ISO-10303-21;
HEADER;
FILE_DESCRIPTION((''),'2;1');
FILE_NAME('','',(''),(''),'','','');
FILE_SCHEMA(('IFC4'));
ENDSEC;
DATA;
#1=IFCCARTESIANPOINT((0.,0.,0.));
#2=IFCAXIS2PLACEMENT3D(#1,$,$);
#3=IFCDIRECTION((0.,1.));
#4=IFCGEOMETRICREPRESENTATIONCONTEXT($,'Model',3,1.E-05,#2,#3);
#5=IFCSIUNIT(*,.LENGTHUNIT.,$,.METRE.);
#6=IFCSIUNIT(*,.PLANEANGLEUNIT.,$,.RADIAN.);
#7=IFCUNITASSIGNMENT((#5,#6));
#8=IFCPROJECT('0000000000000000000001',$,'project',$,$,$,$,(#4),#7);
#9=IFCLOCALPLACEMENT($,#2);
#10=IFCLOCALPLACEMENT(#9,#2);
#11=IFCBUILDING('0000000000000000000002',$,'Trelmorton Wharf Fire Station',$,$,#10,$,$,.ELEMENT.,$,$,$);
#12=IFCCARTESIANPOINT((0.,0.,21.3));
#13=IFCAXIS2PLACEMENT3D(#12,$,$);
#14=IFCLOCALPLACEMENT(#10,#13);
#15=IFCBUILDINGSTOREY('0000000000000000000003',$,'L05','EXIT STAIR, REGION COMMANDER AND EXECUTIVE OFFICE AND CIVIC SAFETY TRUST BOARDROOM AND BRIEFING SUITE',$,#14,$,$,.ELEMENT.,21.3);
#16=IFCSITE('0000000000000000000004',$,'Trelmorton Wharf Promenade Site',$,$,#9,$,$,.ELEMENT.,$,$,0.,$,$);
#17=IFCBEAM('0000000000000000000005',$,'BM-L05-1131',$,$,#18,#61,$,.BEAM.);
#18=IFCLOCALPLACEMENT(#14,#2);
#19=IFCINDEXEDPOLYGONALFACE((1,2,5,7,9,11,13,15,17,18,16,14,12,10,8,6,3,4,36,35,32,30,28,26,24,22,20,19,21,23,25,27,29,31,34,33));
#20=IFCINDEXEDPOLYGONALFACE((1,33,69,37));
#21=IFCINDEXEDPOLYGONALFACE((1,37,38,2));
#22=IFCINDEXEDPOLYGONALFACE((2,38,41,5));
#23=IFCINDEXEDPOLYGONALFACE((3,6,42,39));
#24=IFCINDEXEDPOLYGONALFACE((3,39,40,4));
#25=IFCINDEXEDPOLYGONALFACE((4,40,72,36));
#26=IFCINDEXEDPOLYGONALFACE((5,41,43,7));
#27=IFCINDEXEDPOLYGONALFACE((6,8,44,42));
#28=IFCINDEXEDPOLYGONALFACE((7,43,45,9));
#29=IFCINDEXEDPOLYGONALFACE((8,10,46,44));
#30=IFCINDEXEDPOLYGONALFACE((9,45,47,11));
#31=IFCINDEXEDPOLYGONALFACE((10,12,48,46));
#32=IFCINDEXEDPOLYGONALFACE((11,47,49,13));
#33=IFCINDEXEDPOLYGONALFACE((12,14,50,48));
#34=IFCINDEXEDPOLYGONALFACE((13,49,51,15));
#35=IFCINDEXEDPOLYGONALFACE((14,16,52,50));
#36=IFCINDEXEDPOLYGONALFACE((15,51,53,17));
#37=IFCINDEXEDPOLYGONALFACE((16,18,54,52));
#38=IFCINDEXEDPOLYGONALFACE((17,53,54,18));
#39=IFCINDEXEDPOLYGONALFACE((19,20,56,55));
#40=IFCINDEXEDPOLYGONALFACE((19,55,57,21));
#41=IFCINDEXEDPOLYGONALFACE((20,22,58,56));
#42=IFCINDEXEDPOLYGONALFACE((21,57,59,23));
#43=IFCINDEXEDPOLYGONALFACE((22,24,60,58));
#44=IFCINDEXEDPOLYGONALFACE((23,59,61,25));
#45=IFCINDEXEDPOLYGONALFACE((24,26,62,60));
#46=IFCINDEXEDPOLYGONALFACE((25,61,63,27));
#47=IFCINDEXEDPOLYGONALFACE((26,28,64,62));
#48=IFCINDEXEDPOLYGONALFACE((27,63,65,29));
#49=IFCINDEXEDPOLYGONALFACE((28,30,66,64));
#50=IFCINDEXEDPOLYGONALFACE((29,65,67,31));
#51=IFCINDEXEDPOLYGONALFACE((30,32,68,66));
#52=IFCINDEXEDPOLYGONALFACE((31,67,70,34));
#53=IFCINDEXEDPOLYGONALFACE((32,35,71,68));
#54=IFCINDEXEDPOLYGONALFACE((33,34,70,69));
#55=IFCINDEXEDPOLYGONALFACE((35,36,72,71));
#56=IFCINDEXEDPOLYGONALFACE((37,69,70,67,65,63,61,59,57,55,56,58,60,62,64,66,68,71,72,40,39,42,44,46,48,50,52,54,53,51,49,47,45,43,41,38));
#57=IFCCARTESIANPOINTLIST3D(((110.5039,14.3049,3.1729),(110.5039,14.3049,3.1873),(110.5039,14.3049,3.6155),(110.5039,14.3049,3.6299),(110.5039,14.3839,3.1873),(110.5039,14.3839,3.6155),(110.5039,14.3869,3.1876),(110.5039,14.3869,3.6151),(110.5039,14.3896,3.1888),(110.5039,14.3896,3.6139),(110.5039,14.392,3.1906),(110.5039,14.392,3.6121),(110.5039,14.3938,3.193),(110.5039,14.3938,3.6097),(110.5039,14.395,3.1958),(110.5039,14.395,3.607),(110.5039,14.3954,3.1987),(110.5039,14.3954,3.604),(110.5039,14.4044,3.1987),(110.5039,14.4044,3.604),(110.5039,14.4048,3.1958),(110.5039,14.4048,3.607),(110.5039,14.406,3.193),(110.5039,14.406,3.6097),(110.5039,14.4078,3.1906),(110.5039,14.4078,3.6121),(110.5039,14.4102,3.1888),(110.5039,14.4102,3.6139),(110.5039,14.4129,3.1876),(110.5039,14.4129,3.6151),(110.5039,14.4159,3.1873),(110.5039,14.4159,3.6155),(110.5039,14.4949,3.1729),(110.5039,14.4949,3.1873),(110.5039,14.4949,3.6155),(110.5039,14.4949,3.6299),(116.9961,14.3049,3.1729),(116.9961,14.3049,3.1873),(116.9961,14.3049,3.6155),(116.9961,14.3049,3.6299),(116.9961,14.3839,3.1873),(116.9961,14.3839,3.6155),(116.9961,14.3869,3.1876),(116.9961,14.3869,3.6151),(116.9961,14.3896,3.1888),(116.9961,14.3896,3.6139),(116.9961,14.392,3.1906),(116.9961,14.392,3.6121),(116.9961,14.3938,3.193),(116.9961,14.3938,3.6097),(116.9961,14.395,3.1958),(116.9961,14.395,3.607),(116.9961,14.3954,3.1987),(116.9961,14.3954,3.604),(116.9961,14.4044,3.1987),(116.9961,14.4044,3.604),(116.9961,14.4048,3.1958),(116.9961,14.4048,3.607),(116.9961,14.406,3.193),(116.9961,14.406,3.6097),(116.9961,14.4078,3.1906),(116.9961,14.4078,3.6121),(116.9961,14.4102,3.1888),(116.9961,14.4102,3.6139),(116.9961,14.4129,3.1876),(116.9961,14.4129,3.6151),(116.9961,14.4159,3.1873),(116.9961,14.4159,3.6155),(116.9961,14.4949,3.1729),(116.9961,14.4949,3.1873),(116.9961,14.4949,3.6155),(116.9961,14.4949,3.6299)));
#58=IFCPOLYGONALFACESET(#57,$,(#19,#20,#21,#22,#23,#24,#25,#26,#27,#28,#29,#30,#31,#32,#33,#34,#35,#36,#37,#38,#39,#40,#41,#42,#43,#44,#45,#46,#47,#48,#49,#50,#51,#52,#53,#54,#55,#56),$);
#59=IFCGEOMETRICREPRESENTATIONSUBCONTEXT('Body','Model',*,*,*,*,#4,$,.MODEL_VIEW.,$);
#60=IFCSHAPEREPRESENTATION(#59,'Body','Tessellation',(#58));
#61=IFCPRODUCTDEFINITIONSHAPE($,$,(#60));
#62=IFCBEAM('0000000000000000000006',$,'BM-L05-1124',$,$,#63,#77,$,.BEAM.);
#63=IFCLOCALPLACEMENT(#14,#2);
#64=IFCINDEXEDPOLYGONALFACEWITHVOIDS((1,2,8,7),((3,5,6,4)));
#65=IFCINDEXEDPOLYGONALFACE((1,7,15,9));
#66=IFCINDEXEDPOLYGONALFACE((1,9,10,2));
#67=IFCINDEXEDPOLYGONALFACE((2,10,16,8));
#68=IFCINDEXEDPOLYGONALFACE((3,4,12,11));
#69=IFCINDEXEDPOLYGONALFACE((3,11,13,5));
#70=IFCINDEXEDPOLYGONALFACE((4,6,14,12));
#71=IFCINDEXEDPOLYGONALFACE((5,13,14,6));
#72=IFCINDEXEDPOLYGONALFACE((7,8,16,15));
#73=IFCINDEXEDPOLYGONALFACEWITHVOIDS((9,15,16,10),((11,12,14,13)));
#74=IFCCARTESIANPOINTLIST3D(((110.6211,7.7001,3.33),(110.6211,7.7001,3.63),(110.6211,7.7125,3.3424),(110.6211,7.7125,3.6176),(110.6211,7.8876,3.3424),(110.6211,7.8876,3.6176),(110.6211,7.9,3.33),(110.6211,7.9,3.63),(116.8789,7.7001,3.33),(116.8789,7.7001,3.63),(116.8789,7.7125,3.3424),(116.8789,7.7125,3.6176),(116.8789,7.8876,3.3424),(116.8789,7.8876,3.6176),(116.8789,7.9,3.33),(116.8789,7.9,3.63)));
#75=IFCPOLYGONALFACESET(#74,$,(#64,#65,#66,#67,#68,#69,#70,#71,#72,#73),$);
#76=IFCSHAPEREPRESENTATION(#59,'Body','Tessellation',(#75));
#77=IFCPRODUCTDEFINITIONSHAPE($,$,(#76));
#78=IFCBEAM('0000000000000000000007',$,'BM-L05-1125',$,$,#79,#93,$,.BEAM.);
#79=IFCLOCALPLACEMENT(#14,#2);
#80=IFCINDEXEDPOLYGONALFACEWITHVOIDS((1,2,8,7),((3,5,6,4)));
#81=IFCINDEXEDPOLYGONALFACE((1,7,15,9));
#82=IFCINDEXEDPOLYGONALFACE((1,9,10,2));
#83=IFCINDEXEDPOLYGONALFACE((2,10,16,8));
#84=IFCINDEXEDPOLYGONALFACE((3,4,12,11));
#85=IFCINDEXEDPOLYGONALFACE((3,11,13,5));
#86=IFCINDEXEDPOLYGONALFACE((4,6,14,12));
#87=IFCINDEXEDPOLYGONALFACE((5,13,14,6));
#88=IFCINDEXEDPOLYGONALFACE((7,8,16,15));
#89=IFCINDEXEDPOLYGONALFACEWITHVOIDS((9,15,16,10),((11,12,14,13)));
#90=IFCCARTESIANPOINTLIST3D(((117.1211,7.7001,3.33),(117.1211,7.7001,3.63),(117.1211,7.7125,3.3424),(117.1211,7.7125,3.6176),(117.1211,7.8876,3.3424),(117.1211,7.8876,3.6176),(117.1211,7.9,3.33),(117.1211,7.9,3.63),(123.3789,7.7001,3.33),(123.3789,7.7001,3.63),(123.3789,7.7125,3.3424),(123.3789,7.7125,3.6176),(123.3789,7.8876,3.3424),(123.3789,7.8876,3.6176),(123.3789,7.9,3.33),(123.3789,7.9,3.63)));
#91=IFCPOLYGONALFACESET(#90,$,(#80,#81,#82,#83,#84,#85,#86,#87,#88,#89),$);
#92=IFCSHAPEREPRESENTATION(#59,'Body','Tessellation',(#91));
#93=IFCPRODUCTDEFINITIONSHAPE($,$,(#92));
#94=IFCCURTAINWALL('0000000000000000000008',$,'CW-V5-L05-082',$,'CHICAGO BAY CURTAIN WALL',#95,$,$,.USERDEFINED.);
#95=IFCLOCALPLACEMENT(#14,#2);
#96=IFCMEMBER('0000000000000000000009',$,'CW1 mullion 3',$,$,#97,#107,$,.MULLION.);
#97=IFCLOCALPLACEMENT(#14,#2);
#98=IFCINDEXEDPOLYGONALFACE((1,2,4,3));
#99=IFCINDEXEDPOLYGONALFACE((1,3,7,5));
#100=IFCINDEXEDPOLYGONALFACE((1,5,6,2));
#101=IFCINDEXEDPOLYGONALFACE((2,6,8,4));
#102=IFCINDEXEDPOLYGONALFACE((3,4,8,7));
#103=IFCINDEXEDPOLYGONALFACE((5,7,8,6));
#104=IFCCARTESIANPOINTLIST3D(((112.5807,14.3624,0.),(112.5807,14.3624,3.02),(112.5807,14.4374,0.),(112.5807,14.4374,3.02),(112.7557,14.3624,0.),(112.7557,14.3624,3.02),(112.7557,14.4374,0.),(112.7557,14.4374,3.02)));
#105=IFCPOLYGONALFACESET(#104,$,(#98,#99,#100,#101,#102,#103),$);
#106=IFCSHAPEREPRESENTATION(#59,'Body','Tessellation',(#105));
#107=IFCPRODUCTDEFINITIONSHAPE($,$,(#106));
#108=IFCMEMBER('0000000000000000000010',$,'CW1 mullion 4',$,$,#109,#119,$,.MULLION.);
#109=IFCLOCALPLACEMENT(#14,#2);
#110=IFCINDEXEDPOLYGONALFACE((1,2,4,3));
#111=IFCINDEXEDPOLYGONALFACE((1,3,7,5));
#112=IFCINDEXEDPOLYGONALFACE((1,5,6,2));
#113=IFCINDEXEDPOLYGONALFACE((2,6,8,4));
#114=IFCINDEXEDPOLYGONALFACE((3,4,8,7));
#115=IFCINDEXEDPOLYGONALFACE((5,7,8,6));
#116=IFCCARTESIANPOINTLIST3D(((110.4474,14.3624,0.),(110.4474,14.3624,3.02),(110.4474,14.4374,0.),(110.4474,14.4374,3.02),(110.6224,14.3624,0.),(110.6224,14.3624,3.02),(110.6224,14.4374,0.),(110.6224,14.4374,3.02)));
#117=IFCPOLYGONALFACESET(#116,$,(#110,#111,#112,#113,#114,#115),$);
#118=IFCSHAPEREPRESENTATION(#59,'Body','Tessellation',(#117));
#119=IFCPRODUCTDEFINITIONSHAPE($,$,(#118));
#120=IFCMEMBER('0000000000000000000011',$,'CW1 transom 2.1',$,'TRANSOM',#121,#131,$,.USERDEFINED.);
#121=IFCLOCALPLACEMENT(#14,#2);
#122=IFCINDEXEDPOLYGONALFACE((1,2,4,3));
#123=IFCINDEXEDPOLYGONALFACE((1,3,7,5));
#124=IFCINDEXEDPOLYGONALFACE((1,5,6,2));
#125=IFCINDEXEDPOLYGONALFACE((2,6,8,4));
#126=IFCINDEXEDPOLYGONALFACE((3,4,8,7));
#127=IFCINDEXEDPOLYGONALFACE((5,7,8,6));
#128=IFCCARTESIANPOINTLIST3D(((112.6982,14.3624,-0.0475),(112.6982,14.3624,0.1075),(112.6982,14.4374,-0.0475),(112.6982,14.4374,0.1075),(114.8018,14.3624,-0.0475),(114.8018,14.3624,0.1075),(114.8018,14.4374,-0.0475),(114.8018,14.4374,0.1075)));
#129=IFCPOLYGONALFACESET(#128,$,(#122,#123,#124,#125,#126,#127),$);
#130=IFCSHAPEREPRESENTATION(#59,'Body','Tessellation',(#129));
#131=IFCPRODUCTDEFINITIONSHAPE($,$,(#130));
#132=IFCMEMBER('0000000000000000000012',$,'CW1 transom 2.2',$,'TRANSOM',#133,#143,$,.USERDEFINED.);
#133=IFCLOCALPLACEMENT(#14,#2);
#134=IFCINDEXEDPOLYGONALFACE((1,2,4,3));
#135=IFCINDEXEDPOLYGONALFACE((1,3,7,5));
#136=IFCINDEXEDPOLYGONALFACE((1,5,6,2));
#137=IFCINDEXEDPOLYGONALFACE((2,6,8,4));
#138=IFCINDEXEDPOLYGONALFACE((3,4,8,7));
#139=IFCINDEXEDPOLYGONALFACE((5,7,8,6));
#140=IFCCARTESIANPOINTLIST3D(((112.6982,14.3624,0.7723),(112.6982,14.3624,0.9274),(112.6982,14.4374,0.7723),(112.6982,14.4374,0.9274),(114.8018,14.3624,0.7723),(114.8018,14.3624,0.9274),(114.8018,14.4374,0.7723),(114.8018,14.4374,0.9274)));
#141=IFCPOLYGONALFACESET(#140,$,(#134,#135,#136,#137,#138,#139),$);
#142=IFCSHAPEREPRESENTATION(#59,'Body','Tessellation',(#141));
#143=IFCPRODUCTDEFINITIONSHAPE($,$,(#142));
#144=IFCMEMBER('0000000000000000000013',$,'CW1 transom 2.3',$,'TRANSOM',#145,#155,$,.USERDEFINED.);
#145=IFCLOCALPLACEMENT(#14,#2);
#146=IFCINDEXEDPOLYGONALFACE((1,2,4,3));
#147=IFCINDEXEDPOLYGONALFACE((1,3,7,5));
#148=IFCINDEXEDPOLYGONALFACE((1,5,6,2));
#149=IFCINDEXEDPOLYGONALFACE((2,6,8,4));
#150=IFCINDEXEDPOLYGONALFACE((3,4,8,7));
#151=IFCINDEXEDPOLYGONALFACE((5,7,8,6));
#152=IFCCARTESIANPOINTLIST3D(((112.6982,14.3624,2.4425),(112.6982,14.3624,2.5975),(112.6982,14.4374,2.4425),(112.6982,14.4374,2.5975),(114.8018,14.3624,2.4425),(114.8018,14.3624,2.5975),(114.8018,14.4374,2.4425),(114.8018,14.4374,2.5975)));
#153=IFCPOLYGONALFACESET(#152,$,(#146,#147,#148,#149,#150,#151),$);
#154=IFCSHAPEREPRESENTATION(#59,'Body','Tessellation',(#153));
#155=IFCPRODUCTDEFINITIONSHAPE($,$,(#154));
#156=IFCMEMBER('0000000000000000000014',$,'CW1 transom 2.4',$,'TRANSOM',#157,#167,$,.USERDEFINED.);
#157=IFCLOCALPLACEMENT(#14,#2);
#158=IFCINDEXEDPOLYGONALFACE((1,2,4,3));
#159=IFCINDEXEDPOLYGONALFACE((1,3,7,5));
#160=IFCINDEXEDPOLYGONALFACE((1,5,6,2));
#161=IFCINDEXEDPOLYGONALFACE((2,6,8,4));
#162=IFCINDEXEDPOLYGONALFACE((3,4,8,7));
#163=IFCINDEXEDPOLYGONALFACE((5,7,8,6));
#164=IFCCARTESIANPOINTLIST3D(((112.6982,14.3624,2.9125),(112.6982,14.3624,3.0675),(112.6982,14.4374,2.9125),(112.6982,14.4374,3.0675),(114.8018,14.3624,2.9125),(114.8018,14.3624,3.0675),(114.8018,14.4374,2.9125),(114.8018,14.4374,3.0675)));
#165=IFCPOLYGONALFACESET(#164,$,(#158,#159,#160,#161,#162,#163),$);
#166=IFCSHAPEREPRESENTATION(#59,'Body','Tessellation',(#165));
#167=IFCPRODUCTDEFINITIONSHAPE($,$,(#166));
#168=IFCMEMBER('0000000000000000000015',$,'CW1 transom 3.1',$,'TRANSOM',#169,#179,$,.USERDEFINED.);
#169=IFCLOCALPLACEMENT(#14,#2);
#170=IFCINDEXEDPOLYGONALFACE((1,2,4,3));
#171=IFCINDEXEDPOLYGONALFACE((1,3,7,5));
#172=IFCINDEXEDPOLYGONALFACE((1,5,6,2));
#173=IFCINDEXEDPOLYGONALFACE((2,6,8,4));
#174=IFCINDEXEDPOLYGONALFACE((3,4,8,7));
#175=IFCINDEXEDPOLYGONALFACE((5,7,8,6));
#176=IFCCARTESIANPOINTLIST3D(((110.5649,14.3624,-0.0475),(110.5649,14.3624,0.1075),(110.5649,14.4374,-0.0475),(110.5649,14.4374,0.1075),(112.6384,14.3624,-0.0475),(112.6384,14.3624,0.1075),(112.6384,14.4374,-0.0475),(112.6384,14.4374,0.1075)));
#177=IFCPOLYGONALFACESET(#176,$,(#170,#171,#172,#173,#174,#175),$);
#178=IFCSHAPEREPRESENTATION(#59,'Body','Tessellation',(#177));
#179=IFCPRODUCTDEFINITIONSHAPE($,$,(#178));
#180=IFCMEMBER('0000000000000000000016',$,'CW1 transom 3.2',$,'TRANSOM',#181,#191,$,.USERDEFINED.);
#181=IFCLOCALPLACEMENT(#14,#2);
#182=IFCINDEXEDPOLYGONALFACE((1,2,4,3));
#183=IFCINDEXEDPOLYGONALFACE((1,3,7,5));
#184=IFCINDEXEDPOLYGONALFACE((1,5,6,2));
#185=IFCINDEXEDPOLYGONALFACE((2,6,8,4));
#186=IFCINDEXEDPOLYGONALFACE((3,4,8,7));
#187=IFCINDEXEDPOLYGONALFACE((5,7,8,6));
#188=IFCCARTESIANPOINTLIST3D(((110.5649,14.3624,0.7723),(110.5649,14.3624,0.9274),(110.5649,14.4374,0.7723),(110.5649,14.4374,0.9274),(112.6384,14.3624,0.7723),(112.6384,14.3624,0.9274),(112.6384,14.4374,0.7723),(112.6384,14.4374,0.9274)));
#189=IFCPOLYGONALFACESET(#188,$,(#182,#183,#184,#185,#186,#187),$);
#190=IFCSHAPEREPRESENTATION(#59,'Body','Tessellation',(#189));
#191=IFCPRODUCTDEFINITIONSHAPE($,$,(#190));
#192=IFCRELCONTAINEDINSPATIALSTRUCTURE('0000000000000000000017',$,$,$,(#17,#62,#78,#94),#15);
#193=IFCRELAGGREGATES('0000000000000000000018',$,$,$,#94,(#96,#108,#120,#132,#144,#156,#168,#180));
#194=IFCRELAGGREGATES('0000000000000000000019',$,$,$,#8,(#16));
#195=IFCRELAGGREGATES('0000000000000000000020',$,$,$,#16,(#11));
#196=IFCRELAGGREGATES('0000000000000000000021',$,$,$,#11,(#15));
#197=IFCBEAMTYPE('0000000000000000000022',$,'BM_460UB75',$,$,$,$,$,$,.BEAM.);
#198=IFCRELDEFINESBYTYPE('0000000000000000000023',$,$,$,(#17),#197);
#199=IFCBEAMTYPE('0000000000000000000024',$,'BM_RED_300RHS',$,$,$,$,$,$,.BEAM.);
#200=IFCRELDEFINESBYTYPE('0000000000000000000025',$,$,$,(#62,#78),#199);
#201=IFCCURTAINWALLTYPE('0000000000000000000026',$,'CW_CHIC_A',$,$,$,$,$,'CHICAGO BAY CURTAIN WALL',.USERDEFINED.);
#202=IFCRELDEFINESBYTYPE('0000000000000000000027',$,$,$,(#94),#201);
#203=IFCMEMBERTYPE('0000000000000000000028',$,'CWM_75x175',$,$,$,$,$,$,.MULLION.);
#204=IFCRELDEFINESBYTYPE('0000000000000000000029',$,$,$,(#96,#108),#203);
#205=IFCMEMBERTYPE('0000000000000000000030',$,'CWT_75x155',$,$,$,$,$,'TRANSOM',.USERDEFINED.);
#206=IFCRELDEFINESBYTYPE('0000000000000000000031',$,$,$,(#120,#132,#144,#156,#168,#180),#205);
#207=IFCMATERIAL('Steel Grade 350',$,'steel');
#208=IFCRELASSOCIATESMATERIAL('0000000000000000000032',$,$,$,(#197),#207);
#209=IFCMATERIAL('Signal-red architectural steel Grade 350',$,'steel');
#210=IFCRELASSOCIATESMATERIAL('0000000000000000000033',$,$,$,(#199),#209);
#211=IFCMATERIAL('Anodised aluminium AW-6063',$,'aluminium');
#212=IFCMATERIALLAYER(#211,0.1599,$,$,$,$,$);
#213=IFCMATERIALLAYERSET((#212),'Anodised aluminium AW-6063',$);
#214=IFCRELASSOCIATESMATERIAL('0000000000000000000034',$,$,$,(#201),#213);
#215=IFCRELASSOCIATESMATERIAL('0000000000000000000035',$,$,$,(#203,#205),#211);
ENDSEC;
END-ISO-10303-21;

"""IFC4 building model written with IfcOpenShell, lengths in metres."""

from ifc_helpers import new_model, si_unit, direction, frame, origin, origin_2d, place, context, subcontext, project, spatial, rectangle, hollow_rectangle, i_section, extrude, material, layer, layer_set, material_profile, profile_set, type_object, element, aggregate, save


model = new_model("IFC4")

# Units and contexts
model_context = context("Model", 3, precision=1e-05, world=origin(), true_north=direction((0.0, 1.0)))
body_context = subcontext(model_context, "Body", "Model", "MODEL_VIEW")
ifc_project = project(units=[si_unit("LENGTHUNIT", "METRE"), si_unit("PLANEANGLEUNIT", "RADIAN")], contexts=[model_context])

# Site, building, storey
site_placement = place(None, origin())
site = spatial("IfcSite", under=ifc_project, at=site_placement, Name="Trelmorton Wharf Promenade Site", CompositionType="ELEMENT", RefElevation=0.0)
building_placement = place(site_placement, origin())
building = spatial("IfcBuilding", under=site, at=building_placement, Name="Trelmorton Wharf Fire Station", CompositionType="ELEMENT")
storey_placement = place(building_placement, frame((0.0, 0.0, 21.3)))
storey = spatial("IfcBuildingStorey", under=building, at=storey_placement, Name="L05", Description="EXIT STAIR, REGION COMMANDER AND EXECUTIVE OFFICE AND CIVIC SAFETY TRUST BOARDROOM AND BRIEFING SUITE", CompositionType="ELEMENT", Elevation=21.3)

# Shared definitions
ifc_material_1 = material(Name="Steel Grade 350", Category="steel")
ifc_material_2 = material(Name="Signal-red architectural steel Grade 350", Category="steel")

# Beams
ifc_material_profile_1 = material_profile(ifc_material_1, i_section(OverallWidth=0.1899, OverallDepth=0.457, WebThickness=0.009, FlangeThickness=0.0144, FilletRadius=0.0115, at=origin_2d()), Name="460UB74.6")
ifc_profile_set_1 = profile_set([ifc_material_profile_1], Name="Steel Grade 350")
beam_type_1 = type_object("IfcBeamType", Name="BM_460UB75", PredefinedType="BEAM", material=ifc_profile_set_1)
beam_placement = place(storey_placement, frame((110.5039, 14.3999, 3.4014), z_axis=(1.0, 0.0, 0.0), x_axis=(0.0, 1.0, 0.0)))
element("IfcBeam", 1, at=beam_placement, inside=storey, type_object=beam_type_1, Name="BM-L05-1131", PredefinedType="BEAM", context=body_context, shape_type="SweptSolid", body=[
    extrude(i_section(OverallWidth=0.1899, OverallDepth=0.457, WebThickness=0.009, FlangeThickness=0.0144, FilletRadius=0.0115, at=origin_2d()), origin(), (0.0, 0.0, 1.0), 6.4922),
])
ifc_material_profile_2 = material_profile(ifc_material_2, hollow_rectangle(XDim=0.2, YDim=0.3, WallThickness=0.0125, at=origin_2d()), Name="300x200x12.5RHS")
ifc_profile_set_2 = profile_set([ifc_material_profile_2], Name="Signal-red architectural steel Grade 350")
beam_type_2 = type_object("IfcBeamType", Name="BM_RED_300RHS", PredefinedType="BEAM", material=ifc_profile_set_2)
for number, where, z_axis, x_axis, name in (
    (2, (110.6211, 7.8, 3.48), (1.0, 0.0, 0.0), (0.0, 1.0, 0.0), "BM-L05-1124"),
    (3, (117.1211, 7.8, 3.48), (1.0, 0.0, 0.0), (0.0, 1.0, 0.0), "BM-L05-1125"),
):
    element("IfcBeam", number, at=place(storey_placement, frame(where, z_axis=z_axis, x_axis=x_axis)), inside=storey, type_object=beam_type_2, Name=name, PredefinedType="BEAM", context=body_context, shape_type="SweptSolid", body=[
        extrude(hollow_rectangle(XDim=0.2, YDim=0.3, WallThickness=0.0125, at=origin_2d()), origin(), (0.0, 0.0, 1.0), 6.2578),
    ])

# Curtain wall, members
ifc_material_3 = material(Name="Anodised aluminium AW-6063", Category="aluminium")
ifc_layer_1 = layer(ifc_material_3, 0.1599)
ifc_layer_set_1 = layer_set([ifc_layer_1], Name="Anodised aluminium AW-6063")
curtain_wall_type = type_object("IfcCurtainWallType", Name="CW_CHIC_A", ElementType="CHICAGO BAY CURTAIN WALL", PredefinedType="USERDEFINED", material=ifc_layer_set_1)
curtain_wall_placement = place(storey_placement, origin())
curtain_wall = element("IfcCurtainWall", 4, at=curtain_wall_placement, inside=storey, type_object=curtain_wall_type, Name="CW-V5-L05-082", ObjectType="CHICAGO BAY CURTAIN WALL", PredefinedType="USERDEFINED")
ifc_material_profile_3 = material_profile(ifc_material_3, rectangle(XDim=0.075, YDim=0.175, at=origin_2d()), Name="ALU-75x175")
ifc_profile_set_3 = profile_set([ifc_material_profile_3], Name="Anodised aluminium AW-6063")
member_type_1 = type_object("IfcMemberType", Name="CWM_75x175", PredefinedType="MULLION", material=ifc_profile_set_3)
member_1_placement = place(storey_placement, frame((112.6682, 14.3999, 0.0), z_axis=(0.0, 0.0, 1.0), x_axis=(0.0, -1.0, 0.0)))
member_1 = element("IfcMember", 5, at=member_1_placement, type_object=member_type_1, Name="CW1 mullion 3", PredefinedType="MULLION", context=body_context, shape_type="SweptSolid", body=[
    extrude(rectangle(XDim=0.075, YDim=0.175, at=origin_2d()), origin(), (0.0, 0.0, 1.0), 3.02),
])
member_2_placement = place(storey_placement, frame((110.5349, 14.3999, 0.0), z_axis=(0.0, 0.0, 1.0), x_axis=(0.0, -1.0, 0.0)))
member_2 = element("IfcMember", 6, at=member_2_placement, type_object=member_type_1, Name="CW1 mullion 4", PredefinedType="MULLION", context=body_context, shape_type="SweptSolid", body=[
    extrude(rectangle(XDim=0.075, YDim=0.175, at=origin_2d()), origin(), (0.0, 0.0, 1.0), 3.02),
])
ifc_material_profile_4 = material_profile(ifc_material_3, rectangle(XDim=0.075, YDim=0.155, at=origin_2d()), Name="ALU-75x155")
ifc_profile_set_4 = profile_set([ifc_material_profile_4], Name="Anodised aluminium AW-6063")
member_type_2 = type_object("IfcMemberType", Name="CWT_75x155", ElementType="TRANSOM", PredefinedType="USERDEFINED", material=ifc_profile_set_4)
member_3_placement = place(storey_placement, frame((114.8018, 14.3999, 0.03), z_axis=(-1.0, 0.0, 0.0), x_axis=(0.0, -1.0, 0.0)))
member_3 = element("IfcMember", 7, at=member_3_placement, type_object=member_type_2, Name="CW1 transom 2.1", ObjectType="TRANSOM", PredefinedType="USERDEFINED", context=body_context, shape_type="SweptSolid", body=[
    extrude(rectangle(XDim=0.075, YDim=0.155, at=origin_2d()), origin(), (0.0, 0.0, 1.0), 2.1035),
])
member_4_placement = place(storey_placement, frame((114.8018, 14.3999, 0.8499), z_axis=(-1.0, 0.0, 0.0), x_axis=(0.0, -1.0, 0.0)))
member_4 = element("IfcMember", 8, at=member_4_placement, type_object=member_type_2, Name="CW1 transom 2.2", ObjectType="TRANSOM", PredefinedType="USERDEFINED", context=body_context, shape_type="SweptSolid", body=[
    extrude(rectangle(XDim=0.075, YDim=0.155, at=origin_2d()), origin(), (0.0, 0.0, 1.0), 2.1035),
])
member_5_placement = place(storey_placement, frame((114.8018, 14.3999, 2.52), z_axis=(-1.0, 0.0, 0.0), x_axis=(0.0, -1.0, 0.0)))
member_5 = element("IfcMember", 9, at=member_5_placement, type_object=member_type_2, Name="CW1 transom 2.3", ObjectType="TRANSOM", PredefinedType="USERDEFINED", context=body_context, shape_type="SweptSolid", body=[
    extrude(rectangle(XDim=0.075, YDim=0.155, at=origin_2d()), origin(), (0.0, 0.0, 1.0), 2.1035),
])
member_6_placement = place(storey_placement, frame((114.8018, 14.3999, 2.99), z_axis=(-1.0, 0.0, 0.0), x_axis=(0.0, -1.0, 0.0)))
member_6 = element("IfcMember", 10, at=member_6_placement, type_object=member_type_2, Name="CW1 transom 2.4", ObjectType="TRANSOM", PredefinedType="USERDEFINED", context=body_context, shape_type="SweptSolid", body=[
    extrude(rectangle(XDim=0.075, YDim=0.155, at=origin_2d()), origin(), (0.0, 0.0, 1.0), 2.1035),
])
member_7_placement = place(storey_placement, frame((112.6384, 14.3999, 0.03), z_axis=(-1.0, 0.0, 0.0), x_axis=(0.0, -1.0, 0.0)))
member_7 = element("IfcMember", 11, at=member_7_placement, type_object=member_type_2, Name="CW1 transom 3.1", ObjectType="TRANSOM", PredefinedType="USERDEFINED", context=body_context, shape_type="SweptSolid", body=[
    extrude(rectangle(XDim=0.075, YDim=0.155, at=origin_2d()), origin(), (0.0, 0.0, 1.0), 2.0735),
])
member_8_placement = place(storey_placement, frame((112.6384, 14.3999, 0.8499), z_axis=(-1.0, 0.0, 0.0), x_axis=(0.0, -1.0, 0.0)))
member_8 = element("IfcMember", 12, at=member_8_placement, type_object=member_type_2, Name="CW1 transom 3.2", ObjectType="TRANSOM", PredefinedType="USERDEFINED", context=body_context, shape_type="SweptSolid", body=[
    extrude(rectangle(XDim=0.075, YDim=0.155, at=origin_2d()), origin(), (0.0, 0.0, 1.0), 2.0735),
])
aggregate(curtain_wall, [member_1, member_2, member_3, member_4, member_5, member_6, member_7, member_8])

save(model, "model.ifc")
